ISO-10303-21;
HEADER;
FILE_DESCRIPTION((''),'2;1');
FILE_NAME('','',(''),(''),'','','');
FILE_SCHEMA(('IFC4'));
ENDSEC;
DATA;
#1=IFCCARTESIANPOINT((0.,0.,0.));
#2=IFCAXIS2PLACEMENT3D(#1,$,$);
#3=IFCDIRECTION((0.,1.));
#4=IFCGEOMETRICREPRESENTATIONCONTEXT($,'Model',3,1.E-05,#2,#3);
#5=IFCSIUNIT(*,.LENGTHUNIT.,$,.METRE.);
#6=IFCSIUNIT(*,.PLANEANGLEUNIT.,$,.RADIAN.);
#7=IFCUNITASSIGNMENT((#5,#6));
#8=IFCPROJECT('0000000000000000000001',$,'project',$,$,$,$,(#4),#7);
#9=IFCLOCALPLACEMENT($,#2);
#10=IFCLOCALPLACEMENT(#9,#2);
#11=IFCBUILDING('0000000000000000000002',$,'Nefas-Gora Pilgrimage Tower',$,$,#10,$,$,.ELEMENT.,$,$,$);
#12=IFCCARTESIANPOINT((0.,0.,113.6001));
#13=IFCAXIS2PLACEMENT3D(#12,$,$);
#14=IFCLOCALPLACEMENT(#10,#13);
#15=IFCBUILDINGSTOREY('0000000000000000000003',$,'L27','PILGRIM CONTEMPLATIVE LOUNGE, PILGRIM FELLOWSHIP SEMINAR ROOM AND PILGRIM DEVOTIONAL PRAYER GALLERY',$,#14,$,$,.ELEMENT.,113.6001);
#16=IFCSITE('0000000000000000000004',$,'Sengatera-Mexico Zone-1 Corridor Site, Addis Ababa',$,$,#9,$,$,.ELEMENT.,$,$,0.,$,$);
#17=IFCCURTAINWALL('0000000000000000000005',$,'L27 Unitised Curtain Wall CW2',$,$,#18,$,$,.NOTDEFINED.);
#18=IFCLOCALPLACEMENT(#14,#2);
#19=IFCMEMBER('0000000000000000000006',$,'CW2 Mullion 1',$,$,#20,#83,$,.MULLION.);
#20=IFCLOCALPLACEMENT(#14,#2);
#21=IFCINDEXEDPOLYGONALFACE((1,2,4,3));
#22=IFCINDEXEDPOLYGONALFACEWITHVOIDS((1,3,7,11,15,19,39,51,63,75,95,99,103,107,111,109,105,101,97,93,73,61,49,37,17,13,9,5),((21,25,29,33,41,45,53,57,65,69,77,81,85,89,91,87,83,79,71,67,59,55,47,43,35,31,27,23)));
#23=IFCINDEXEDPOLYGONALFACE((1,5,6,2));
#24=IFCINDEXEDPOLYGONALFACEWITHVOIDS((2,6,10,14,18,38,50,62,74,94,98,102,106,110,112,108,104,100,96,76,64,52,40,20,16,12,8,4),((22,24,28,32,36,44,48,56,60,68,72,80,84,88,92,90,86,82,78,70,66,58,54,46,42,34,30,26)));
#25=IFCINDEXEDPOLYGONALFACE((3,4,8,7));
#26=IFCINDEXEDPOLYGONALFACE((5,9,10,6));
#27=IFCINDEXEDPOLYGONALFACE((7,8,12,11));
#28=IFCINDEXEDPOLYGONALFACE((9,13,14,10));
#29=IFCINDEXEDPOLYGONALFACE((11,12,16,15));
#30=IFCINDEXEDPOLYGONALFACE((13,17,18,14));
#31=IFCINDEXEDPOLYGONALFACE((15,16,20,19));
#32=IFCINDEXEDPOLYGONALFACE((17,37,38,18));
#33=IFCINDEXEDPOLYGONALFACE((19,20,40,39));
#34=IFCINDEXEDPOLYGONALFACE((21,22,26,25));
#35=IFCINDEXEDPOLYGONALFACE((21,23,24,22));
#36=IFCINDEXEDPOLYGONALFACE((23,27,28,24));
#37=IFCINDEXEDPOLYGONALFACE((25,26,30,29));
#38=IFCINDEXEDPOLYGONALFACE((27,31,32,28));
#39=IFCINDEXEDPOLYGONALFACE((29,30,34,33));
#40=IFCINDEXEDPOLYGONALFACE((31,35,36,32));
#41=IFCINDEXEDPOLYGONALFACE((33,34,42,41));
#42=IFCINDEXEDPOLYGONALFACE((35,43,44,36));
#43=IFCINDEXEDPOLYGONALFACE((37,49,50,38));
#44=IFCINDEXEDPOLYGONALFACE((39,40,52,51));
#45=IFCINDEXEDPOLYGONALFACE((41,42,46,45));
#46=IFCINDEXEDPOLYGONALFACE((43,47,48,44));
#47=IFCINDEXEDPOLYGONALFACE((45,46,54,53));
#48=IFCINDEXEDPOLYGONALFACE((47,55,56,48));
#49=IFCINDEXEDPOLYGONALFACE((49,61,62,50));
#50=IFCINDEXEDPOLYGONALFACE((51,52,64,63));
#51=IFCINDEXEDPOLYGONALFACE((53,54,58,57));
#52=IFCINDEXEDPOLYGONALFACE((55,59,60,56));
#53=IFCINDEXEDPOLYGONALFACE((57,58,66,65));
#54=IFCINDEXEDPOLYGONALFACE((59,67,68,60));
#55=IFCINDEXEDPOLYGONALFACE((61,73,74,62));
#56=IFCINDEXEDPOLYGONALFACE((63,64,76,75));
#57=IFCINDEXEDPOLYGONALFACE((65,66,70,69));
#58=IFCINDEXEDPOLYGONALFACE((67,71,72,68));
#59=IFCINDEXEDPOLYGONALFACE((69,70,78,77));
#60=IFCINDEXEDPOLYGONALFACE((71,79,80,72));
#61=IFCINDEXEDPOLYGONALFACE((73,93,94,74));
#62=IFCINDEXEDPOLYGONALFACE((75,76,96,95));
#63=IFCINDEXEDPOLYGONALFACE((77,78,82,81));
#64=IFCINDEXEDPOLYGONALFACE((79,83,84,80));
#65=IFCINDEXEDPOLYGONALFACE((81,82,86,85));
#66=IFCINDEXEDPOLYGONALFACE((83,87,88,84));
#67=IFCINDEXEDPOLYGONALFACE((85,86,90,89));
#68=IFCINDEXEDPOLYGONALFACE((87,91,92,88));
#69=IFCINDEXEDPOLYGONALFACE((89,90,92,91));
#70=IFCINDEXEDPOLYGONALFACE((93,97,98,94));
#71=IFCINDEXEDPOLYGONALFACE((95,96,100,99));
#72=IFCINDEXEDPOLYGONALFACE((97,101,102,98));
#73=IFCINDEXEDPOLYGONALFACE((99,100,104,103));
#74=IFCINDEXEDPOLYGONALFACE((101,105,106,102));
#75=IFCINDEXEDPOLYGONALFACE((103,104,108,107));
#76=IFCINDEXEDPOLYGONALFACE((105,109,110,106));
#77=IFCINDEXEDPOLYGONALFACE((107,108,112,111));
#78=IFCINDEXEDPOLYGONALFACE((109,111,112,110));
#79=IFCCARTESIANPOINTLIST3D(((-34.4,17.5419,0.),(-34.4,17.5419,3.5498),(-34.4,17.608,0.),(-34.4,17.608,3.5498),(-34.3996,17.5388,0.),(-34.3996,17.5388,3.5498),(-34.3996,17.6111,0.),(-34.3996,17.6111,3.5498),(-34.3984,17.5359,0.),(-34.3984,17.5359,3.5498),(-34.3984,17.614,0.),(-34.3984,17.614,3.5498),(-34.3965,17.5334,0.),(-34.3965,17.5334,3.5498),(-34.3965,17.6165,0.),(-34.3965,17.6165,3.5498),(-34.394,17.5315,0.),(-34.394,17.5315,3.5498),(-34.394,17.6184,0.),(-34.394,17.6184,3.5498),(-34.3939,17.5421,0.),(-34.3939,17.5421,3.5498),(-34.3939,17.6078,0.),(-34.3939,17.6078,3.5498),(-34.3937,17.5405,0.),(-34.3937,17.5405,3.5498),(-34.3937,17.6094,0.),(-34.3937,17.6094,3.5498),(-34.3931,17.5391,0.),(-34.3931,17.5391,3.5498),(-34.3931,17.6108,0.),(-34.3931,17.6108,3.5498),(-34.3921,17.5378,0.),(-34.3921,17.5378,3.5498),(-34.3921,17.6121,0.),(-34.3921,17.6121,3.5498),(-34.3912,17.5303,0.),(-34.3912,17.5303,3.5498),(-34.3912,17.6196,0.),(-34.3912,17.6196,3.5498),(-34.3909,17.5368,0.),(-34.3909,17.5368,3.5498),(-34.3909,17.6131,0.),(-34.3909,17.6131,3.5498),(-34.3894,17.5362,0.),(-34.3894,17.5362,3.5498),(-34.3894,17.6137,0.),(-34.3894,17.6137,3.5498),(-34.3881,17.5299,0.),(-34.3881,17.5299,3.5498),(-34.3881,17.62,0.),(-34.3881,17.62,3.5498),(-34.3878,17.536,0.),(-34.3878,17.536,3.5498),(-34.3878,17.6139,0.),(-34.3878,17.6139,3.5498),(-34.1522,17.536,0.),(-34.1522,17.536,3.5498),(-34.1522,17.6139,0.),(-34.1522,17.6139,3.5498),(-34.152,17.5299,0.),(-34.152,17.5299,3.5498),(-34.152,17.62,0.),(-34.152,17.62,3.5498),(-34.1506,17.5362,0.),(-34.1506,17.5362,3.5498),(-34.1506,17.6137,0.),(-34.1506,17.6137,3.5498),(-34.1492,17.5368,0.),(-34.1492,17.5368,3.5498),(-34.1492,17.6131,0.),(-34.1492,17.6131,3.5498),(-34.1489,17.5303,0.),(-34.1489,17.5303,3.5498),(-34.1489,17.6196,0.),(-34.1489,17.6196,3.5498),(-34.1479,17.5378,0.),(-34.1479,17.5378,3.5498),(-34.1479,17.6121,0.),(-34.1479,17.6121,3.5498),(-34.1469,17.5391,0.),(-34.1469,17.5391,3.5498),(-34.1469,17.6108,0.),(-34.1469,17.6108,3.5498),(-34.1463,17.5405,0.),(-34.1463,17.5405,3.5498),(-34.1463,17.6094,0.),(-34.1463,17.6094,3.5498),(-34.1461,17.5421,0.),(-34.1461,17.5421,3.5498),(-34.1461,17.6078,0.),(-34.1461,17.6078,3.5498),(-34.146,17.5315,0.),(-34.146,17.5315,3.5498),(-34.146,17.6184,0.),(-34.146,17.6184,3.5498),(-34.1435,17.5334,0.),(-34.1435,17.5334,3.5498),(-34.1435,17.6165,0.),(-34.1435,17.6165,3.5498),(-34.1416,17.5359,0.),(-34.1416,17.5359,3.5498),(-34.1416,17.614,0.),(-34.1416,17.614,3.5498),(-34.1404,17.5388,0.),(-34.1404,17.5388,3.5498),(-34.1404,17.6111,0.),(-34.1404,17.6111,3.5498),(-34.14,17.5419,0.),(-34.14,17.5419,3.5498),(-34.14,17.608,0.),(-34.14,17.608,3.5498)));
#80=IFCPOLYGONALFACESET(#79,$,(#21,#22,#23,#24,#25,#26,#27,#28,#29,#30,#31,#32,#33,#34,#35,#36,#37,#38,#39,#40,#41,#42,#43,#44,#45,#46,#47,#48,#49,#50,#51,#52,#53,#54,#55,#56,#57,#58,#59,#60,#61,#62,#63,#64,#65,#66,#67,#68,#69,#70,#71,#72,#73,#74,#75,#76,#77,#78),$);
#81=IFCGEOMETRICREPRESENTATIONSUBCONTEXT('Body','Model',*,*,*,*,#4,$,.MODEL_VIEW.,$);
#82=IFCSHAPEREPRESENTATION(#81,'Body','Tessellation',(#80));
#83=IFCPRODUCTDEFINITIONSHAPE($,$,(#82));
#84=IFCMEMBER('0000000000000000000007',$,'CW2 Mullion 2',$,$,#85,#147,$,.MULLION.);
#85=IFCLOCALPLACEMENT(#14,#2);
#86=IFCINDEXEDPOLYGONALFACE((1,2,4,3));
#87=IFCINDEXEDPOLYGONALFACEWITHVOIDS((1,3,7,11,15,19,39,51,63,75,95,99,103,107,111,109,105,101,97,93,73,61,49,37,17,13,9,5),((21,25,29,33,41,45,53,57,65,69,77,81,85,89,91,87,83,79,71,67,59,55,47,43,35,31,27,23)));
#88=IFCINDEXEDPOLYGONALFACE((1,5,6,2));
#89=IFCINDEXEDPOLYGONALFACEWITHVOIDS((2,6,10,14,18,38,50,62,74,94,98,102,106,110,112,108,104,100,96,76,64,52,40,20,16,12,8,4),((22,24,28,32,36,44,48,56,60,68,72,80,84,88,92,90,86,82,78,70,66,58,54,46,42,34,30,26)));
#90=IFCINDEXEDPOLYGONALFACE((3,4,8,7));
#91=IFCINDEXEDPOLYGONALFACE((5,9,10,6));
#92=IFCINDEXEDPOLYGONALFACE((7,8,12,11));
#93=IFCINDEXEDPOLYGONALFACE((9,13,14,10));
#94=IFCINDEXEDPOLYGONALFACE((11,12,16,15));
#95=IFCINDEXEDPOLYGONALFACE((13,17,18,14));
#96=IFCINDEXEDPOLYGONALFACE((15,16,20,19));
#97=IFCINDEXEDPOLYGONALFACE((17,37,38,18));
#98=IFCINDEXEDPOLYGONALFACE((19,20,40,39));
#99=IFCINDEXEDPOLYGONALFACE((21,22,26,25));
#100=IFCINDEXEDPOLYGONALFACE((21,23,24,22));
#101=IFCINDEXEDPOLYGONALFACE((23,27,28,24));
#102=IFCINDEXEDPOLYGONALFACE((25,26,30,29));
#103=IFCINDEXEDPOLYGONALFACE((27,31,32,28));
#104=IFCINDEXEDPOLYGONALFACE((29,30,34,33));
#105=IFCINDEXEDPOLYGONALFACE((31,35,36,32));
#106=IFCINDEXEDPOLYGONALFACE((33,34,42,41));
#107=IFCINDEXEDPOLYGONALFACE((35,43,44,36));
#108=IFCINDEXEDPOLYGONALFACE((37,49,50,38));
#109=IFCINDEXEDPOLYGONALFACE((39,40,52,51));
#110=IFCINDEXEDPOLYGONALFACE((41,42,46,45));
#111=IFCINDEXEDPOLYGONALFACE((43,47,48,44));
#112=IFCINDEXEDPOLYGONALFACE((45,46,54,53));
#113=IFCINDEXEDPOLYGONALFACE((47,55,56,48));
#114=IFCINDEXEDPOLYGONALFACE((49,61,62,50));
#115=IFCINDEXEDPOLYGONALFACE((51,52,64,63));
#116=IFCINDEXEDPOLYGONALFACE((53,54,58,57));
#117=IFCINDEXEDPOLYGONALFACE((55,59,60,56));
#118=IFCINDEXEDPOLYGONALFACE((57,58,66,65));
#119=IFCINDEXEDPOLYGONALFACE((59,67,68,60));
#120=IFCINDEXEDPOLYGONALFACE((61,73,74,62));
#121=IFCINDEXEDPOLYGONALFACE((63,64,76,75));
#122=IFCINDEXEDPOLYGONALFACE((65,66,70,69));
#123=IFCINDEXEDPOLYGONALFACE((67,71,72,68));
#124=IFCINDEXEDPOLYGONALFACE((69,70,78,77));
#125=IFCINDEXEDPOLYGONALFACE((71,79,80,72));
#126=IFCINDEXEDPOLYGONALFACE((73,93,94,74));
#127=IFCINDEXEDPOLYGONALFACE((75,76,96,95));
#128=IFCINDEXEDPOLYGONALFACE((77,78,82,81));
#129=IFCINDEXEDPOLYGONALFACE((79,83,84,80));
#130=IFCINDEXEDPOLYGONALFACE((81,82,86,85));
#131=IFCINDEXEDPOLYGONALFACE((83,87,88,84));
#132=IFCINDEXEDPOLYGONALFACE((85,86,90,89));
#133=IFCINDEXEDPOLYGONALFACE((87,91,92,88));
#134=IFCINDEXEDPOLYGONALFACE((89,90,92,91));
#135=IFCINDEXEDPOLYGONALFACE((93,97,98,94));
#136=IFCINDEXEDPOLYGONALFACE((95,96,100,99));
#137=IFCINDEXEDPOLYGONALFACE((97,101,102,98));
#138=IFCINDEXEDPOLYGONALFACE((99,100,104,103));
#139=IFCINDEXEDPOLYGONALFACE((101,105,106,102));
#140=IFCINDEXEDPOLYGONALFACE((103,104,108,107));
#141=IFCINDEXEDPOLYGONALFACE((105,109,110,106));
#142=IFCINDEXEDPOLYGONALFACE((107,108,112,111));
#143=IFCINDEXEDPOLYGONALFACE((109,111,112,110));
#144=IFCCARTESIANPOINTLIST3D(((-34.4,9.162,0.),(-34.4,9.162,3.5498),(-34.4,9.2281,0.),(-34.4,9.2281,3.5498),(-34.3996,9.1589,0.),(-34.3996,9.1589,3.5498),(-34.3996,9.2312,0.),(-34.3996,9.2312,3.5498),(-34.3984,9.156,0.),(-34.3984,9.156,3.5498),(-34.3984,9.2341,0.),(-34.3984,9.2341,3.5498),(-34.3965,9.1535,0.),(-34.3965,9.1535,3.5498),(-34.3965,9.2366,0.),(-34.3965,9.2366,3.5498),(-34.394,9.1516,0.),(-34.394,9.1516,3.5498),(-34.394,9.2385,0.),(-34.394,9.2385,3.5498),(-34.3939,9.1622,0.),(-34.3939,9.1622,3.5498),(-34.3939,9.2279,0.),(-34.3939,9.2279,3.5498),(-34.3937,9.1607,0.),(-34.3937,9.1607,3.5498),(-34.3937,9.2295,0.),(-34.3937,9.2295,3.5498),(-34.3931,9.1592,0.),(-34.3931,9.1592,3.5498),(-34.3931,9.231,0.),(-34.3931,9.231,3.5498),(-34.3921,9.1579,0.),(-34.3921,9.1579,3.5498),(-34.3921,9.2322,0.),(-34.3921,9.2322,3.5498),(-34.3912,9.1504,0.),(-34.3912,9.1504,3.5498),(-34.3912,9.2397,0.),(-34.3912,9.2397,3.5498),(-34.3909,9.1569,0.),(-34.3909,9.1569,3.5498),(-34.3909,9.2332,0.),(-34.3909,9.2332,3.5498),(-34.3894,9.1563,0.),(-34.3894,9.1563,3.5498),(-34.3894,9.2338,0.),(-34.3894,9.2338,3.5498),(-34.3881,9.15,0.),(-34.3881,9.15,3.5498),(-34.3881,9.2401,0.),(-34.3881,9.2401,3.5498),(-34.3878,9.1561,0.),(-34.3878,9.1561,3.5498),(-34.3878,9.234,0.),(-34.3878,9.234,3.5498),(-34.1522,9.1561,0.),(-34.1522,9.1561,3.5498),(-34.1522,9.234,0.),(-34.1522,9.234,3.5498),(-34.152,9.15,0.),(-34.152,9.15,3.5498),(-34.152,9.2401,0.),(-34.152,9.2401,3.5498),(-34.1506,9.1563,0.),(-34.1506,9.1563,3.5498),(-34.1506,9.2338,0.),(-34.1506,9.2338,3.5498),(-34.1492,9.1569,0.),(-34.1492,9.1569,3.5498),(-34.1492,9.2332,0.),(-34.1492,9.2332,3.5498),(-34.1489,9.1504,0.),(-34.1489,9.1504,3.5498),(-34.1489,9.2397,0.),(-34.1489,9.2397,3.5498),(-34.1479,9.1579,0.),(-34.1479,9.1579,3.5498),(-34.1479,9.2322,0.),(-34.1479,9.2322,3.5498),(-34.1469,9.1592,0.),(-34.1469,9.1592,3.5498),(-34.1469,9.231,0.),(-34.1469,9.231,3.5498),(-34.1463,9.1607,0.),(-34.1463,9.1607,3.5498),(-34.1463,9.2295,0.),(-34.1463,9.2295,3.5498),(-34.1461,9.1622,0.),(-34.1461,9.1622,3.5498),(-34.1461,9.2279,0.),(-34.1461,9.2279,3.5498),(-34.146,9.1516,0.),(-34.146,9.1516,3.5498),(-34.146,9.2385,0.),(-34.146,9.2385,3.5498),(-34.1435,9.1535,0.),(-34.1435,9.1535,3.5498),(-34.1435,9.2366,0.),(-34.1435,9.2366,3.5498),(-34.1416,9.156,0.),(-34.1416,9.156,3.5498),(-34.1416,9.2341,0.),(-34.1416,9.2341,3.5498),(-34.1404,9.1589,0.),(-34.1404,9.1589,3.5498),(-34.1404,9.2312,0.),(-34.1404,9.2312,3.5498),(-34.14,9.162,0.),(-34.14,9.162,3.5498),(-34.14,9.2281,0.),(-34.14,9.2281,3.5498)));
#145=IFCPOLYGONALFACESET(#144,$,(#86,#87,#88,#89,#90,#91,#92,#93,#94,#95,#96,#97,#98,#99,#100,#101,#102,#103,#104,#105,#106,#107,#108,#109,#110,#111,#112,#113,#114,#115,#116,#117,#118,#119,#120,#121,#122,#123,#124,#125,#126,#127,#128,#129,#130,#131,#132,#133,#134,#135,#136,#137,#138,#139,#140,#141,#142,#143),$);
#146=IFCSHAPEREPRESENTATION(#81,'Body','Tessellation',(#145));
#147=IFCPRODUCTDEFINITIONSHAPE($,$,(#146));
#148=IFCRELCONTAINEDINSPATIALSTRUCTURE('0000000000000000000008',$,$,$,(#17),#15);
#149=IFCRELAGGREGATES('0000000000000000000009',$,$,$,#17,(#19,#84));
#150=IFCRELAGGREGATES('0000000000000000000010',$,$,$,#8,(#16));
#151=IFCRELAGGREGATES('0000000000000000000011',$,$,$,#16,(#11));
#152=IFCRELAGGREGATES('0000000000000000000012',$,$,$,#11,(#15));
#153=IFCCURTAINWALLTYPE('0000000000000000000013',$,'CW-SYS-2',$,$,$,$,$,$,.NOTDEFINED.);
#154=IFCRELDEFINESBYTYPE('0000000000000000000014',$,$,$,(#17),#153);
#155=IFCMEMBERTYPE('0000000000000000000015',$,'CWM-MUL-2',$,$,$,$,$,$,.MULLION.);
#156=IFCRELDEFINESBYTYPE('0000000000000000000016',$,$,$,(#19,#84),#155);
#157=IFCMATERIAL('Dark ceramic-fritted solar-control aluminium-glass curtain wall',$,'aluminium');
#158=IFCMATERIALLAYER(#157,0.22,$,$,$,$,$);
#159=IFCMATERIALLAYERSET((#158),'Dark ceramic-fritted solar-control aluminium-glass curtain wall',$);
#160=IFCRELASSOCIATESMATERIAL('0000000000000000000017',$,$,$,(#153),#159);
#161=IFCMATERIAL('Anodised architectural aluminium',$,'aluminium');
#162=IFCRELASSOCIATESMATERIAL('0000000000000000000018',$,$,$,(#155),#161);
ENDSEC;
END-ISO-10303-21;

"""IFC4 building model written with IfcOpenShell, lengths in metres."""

from ifc_helpers import new_model, si_unit, direction, frame, origin, origin_2d, place, context, subcontext, project, spatial, hollow_rectangle, extrude, source, transform, mapped, material, layer, layer_set, material_profile, profile_set, type_object, element, aggregate, save


model = new_model("IFC4")

# Units and contexts
model_context = context("Model", 3, precision=1e-05, world=origin(), true_north=direction((0.0, 1.0)))
body_context = subcontext(model_context, "Body", "Model", "MODEL_VIEW")
ifc_project = project(units=[si_unit("LENGTHUNIT", "METRE"), si_unit("PLANEANGLEUNIT", "RADIAN")], contexts=[model_context])

# Site, building, storey
site_placement = place(None, origin())
site = spatial("IfcSite", under=ifc_project, at=site_placement, Name="Sengatera-Mexico Zone-1 Corridor Site, Addis Ababa", CompositionType="ELEMENT", RefElevation=0.0)
building_placement = place(site_placement, origin())
building = spatial("IfcBuilding", under=site, at=building_placement, Name="Nefas-Gora Pilgrimage Tower", CompositionType="ELEMENT")
storey_placement = place(building_placement, frame((0.0, 0.0, 113.6001)))
storey = spatial("IfcBuildingStorey", under=building, at=storey_placement, Name="L27", Description="PILGRIM CONTEMPLATIVE LOUNGE, PILGRIM FELLOWSHIP SEMINAR ROOM AND PILGRIM DEVOTIONAL PRAYER GALLERY", CompositionType="ELEMENT", Elevation=113.6001)

# Curtain wall
ifc_material_1 = material(Name="Dark ceramic-fritted solar-control aluminium-glass curtain wall", Category="aluminium")
ifc_layer_1 = layer(ifc_material_1, 0.22)
ifc_layer_set_1 = layer_set([ifc_layer_1], Name="Dark ceramic-fritted solar-control aluminium-glass curtain wall")
curtain_wall_type = type_object("IfcCurtainWallType", Name="CW-SYS-2", PredefinedType="NOTDEFINED", material=ifc_layer_set_1)
curtain_wall_1_placement = place(storey_placement, origin())
curtain_wall_1 = element("IfcCurtainWall", 1, at=curtain_wall_1_placement, inside=storey, type_object=curtain_wall_type, Name="L27 Unitised Curtain Wall CW2", PredefinedType="NOTDEFINED")
ifc_material_2 = material(Name="Anodised architectural aluminium", Category="aluminium")
ifc_material_profile_1 = material_profile(ifc_material_2, hollow_rectangle(XDim=0.0901, YDim=0.26, WallThickness=0.0061, InnerFilletRadius=0.0061, OuterFilletRadius=0.012, at=origin_2d()), Name="ALU MULLION 90x260")
ifc_profile_set_1 = profile_set([ifc_material_profile_1], Name="Anodised architectural aluminium")
member_type_1 = type_object("IfcMemberType", Name="CWM-MUL-2", PredefinedType="MULLION", material=ifc_profile_set_1)
shared_shape_1 = source(origin(), body_context, "Body", "SweptSolid", [
    extrude(hollow_rectangle(XDim=0.0901, YDim=0.26, WallThickness=0.0061, InnerFilletRadius=0.0061, OuterFilletRadius=0.012, at=origin_2d()), origin(), (0.0, 0.0, 1.0), 3.5498),
])

# Members
member_1_placement = place(storey_placement, frame((-34.27, 17.575, 0.0), z_axis=(0.0, 0.0, 1.0), x_axis=(0.0, -1.0, 0.0)))
member_1 = element("IfcMember", 2, at=member_1_placement, type_object=member_type_1, Name="CW2 Mullion 1", PredefinedType="MULLION", context=body_context, shape_type="MappedRepresentation", body=[
    mapped(shared_shape_1, transform((0.0, 0.0, 0.0), x_axis=(1.0, 0.0, 0.0), y_axis=(0.0, 1.0, 0.0), z_axis=(0.0, 0.0, 1.0), scale=1.0)),
])
member_2_placement = place(storey_placement, frame((-34.27, 9.1951, 0.0), z_axis=(0.0, 0.0, 1.0), x_axis=(0.0, -1.0, 0.0)))
member_2 = element("IfcMember", 3, at=member_2_placement, type_object=member_type_1, Name="CW2 Mullion 2", PredefinedType="MULLION", context=body_context, shape_type="MappedRepresentation", body=[
    mapped(shared_shape_1, transform((0.0, 0.0, 0.0), x_axis=(1.0, 0.0, 0.0), y_axis=(0.0, 1.0, 0.0), z_axis=(0.0, 0.0, 1.0), scale=1.0)),
])

aggregate(curtain_wall_1, [member_1, member_2])

save(model, "model.ifc")
